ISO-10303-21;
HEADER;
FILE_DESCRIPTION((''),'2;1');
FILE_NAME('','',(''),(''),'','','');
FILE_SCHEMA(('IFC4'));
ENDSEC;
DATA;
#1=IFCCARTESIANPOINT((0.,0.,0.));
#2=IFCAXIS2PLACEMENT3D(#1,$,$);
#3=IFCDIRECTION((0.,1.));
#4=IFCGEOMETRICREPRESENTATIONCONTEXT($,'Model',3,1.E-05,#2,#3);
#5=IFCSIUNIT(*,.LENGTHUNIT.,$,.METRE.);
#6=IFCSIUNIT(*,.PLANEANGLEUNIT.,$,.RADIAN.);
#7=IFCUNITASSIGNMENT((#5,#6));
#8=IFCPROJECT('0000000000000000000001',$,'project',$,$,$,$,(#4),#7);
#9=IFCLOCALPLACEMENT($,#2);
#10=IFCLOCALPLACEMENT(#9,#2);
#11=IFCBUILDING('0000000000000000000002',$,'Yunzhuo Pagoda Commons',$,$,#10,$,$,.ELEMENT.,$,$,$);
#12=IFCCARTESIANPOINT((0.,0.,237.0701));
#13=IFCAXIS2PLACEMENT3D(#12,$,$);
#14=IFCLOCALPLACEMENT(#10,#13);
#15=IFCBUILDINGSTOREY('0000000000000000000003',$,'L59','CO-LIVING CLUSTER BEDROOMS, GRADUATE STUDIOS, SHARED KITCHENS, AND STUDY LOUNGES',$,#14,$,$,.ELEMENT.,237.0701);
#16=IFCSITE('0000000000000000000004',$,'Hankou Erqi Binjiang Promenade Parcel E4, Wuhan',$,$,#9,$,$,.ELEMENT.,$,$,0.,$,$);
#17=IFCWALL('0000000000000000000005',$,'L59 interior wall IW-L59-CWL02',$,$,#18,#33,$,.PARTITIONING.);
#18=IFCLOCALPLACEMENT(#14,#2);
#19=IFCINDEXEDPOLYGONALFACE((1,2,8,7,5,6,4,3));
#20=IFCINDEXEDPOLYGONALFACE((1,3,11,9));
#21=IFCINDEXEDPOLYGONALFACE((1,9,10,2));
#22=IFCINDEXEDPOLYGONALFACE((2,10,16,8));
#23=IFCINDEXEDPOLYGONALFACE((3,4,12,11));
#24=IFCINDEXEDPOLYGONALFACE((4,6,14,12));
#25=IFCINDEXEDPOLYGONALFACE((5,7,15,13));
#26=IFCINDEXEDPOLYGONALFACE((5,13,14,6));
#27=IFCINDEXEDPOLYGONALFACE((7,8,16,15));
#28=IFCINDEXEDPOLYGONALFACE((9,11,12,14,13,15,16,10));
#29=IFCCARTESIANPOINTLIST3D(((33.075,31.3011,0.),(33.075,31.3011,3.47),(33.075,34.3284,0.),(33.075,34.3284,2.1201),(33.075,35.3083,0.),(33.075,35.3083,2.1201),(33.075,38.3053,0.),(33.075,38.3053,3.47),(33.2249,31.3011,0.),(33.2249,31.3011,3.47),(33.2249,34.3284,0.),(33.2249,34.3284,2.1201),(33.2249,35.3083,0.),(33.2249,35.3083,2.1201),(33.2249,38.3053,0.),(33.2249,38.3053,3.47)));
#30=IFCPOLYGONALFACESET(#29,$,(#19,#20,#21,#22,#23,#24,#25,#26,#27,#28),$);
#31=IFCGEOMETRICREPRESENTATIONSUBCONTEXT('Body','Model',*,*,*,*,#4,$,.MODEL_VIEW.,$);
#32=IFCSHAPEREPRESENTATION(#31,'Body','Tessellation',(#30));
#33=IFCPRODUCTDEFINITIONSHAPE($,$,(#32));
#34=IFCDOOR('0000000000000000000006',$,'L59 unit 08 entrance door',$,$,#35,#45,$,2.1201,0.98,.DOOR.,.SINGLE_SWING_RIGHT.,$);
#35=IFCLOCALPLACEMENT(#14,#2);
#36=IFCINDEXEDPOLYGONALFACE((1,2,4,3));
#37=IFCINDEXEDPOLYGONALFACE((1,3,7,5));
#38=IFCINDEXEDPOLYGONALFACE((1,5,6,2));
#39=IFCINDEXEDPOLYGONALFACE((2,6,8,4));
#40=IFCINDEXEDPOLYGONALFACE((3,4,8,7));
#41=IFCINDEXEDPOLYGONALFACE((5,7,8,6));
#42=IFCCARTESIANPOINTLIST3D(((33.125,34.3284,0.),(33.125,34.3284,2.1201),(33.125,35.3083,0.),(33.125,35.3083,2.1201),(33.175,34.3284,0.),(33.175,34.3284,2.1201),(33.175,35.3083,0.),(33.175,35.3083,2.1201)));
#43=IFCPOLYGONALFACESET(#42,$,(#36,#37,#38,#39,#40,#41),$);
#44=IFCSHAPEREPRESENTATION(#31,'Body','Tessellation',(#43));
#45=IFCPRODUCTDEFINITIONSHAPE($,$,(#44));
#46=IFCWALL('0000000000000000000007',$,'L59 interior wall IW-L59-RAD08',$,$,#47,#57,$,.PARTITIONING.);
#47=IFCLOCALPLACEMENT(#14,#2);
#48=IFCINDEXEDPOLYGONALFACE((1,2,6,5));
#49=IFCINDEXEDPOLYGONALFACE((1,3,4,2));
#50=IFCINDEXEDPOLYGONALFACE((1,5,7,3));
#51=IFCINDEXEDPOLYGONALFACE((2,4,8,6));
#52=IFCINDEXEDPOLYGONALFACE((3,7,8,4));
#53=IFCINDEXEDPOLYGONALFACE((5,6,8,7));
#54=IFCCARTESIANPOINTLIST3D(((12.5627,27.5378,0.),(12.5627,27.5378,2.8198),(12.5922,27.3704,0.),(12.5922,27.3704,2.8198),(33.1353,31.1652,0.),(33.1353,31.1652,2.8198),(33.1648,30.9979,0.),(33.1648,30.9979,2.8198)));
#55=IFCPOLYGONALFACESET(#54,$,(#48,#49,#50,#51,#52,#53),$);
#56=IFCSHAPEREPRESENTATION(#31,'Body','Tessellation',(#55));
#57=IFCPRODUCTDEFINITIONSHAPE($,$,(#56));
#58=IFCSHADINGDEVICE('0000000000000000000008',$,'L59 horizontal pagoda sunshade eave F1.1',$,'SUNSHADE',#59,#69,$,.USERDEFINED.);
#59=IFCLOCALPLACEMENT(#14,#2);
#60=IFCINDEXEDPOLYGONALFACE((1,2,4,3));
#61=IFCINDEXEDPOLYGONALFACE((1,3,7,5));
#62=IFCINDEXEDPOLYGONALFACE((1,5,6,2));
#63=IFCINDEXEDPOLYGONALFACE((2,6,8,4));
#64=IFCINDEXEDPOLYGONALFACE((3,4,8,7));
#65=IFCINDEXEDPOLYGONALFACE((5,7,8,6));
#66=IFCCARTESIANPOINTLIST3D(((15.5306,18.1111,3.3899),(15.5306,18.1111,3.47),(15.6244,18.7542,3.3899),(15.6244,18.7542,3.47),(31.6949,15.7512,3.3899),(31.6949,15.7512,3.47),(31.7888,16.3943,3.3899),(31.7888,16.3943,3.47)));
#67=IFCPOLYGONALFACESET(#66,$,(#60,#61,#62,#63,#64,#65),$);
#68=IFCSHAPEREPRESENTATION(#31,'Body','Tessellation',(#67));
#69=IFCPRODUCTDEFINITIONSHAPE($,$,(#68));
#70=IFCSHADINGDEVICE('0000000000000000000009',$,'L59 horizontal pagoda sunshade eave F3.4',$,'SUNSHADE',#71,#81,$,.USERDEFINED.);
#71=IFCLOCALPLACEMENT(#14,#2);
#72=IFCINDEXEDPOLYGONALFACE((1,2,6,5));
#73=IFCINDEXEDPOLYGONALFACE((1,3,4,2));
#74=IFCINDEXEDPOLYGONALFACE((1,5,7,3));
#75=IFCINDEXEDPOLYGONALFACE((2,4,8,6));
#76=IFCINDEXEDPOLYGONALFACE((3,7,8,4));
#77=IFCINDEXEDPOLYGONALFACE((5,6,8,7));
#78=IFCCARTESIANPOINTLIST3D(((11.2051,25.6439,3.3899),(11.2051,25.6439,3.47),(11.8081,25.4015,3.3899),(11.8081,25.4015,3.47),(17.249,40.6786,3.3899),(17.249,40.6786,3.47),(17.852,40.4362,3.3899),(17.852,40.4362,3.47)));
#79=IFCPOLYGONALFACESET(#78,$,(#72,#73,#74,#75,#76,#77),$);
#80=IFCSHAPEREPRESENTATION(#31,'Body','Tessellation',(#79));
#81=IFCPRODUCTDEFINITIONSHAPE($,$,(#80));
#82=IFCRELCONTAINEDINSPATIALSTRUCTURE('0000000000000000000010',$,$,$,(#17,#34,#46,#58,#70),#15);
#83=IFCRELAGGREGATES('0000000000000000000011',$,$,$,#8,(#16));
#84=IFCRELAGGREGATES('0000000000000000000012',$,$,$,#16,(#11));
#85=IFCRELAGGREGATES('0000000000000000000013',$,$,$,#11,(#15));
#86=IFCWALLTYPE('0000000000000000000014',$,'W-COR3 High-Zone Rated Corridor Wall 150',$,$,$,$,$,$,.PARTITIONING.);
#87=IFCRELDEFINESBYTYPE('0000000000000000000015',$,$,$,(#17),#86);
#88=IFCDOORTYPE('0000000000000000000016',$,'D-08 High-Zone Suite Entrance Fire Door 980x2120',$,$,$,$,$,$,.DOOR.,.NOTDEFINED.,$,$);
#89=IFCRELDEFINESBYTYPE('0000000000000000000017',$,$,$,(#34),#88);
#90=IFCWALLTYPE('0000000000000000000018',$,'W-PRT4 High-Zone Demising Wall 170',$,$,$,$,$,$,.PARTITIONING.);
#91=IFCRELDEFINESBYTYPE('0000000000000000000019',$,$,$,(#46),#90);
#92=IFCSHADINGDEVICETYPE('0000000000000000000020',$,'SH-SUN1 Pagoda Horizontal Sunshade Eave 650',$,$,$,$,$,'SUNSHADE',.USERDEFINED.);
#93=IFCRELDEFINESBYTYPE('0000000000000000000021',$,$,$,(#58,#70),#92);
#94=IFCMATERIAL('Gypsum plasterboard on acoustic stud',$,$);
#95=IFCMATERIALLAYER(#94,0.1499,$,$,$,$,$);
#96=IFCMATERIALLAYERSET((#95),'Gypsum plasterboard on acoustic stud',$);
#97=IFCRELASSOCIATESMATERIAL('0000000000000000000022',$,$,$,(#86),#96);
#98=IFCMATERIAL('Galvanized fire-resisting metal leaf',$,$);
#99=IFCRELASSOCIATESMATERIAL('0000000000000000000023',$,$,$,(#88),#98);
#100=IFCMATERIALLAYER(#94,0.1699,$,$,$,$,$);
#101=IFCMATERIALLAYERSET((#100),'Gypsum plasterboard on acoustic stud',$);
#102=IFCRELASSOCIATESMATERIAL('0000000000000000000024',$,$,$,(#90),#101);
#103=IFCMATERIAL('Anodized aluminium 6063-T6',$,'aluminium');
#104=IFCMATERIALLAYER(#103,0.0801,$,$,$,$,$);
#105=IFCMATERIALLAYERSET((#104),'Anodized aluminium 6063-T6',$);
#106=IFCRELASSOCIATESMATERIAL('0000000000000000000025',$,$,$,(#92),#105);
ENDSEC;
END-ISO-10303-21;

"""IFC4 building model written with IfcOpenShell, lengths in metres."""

from ifc_helpers import new_model, si_unit, direction, frame, frame_2d, origin, origin_with_axes, origin_2d, place, context, subcontext, project, spatial, rectangle, extrude, source, transform, mapped, material, layer, layer_set, type_object, element, fill, save


model = new_model("IFC4")

# Units and contexts
model_context = context("Model", 3, precision=1e-05, world=origin(), true_north=direction((0.0, 1.0)))
body_context = subcontext(model_context, "Body", "Model", "MODEL_VIEW")
ifc_project = project(units=[si_unit("LENGTHUNIT", "METRE"), si_unit("PLANEANGLEUNIT", "RADIAN")], contexts=[model_context])

# Site, building, storey
site_placement = place(None, origin())
site = spatial("IfcSite", under=ifc_project, at=site_placement, Name="Hankou Erqi Binjiang Promenade Parcel E4, Wuhan", CompositionType="ELEMENT", RefElevation=0.0)
building_placement = place(site_placement, origin())
building = spatial("IfcBuilding", under=site, at=building_placement, Name="Yunzhuo Pagoda Commons", CompositionType="ELEMENT")
storey_placement = place(building_placement, frame((0.0, 0.0, 237.0701)))
storey = spatial("IfcBuildingStorey", under=building, at=storey_placement, Name="L59", Description="CO-LIVING CLUSTER BEDROOMS, GRADUATE STUDIOS, SHARED KITCHENS, AND STUDY LOUNGES", CompositionType="ELEMENT", Elevation=237.0701)

# Shared definitions
ifc_material_1 = material(Name="Anodized aluminium 6063-T6", Category="aluminium")

# Shared definitions
ifc_material_2 = material(Name="Gypsum plasterboard on acoustic stud")
ifc_layer_1 = layer(ifc_material_2, 0.1499)
ifc_layer_set_1 = layer_set([ifc_layer_1], Name="Gypsum plasterboard on acoustic stud")
wall_type_1 = type_object("IfcWallType", Name="W-COR3 High-Zone Rated Corridor Wall 150", PredefinedType="PARTITIONING", material=ifc_layer_set_1)

# Wall, opening, door
wall_1_placement = place(storey_placement, frame((33.1499, 31.3013, 0.0), z_axis=(0.0, 0.0, 1.0), x_axis=(0.0, 1.0, 0.0)))
wall_1 = element("IfcWall", 1, at=wall_1_placement, inside=storey, type_object=wall_type_1, Name="L59 interior wall IW-L59-CWL02", PredefinedType="PARTITIONING", context=body_context, shape_type="SweptSolid", body=[
    extrude(rectangle(XDim=7.0042, YDim=0.1499, at=frame_2d((3.502, 0.0))), origin(), (0.0, 0.0, 1.0), 3.47),
])
opening_placement = place(wall_1_placement, frame((3.0271, 0.0, 0.0)))
opening = element("IfcOpeningElement", 2, at=opening_placement, cuts=wall_1, PredefinedType="OPENING", context=body_context, shape_type="SweptSolid", body=[
    extrude(rectangle(XDim=0.98, YDim=2.1201, at=frame_2d((0.49, 1.0601))), frame((0.0, 0.085, 0.0), z_axis=(0.0, -1.0, 0.0), x_axis=(1.0, 0.0, 0.0)), (0.0, 0.0, 1.0), 0.1699),
])
ifc_material_3 = material(Name="Galvanized fire-resisting metal leaf")
door_type = type_object("IfcDoorType", Name="D-08 High-Zone Suite Entrance Fire Door 980x2120", OperationType="NOTDEFINED", PredefinedType="DOOR", material=ifc_material_3)
shared_shape_1 = source(origin(), body_context, "Body", "SweptSolid", [
    extrude(rectangle(XDim=0.98, YDim=2.1201, at=frame_2d((0.49, 1.0601))), frame((0.0, 0.0249, 0.0), z_axis=(0.0, -1.0, 0.0), x_axis=(1.0, 0.0, 0.0)), (0.0, 0.0, 1.0), 0.05),
])
door_placement = place(opening_placement, origin_with_axes())
door = element("IfcDoor", 3, at=door_placement, inside=storey, type_object=door_type, Name="L59 unit 08 entrance door", OperationType="SINGLE_SWING_RIGHT", OverallHeight=2.1201, OverallWidth=0.98, PredefinedType="DOOR", context=body_context, shape_type="MappedRepresentation", body=[
    mapped(shared_shape_1, transform((0.0, 0.0, 0.0), scale=1.0)),
])
fill(opening, door)

# Wall
ifc_layer_2 = layer(ifc_material_2, 0.1699)
ifc_layer_set_2 = layer_set([ifc_layer_2], Name="Gypsum plasterboard on acoustic stud")
wall_type_2 = type_object("IfcWallType", Name="W-PRT4 High-Zone Demising Wall 170", PredefinedType="PARTITIONING", material=ifc_layer_set_2)
wall_2_placement = place(storey_placement, frame((33.1499, 31.0815, 0.0), z_axis=(0.0, 0.0, 1.0), x_axis=(-0.984808, -0.173646, 0.0)))
element("IfcWall", 4, at=wall_2_placement, inside=storey, type_object=wall_type_2, Name="L59 interior wall IW-L59-RAD08", PredefinedType="PARTITIONING", context=body_context, shape_type="SweptSolid", body=[
    extrude(rectangle(XDim=20.8899, YDim=0.1699, at=frame_2d((10.4448, 0.0))), origin(), (0.0, 0.0, 1.0), 2.8198),
])

# Shading devices
ifc_layer_3 = layer(ifc_material_1, 0.0801)
ifc_layer_set_3 = layer_set([ifc_layer_3], Name="Anodized aluminium 6063-T6")
shading_device_type = type_object("IfcShadingDeviceType", Name="SH-SUN1 Pagoda Horizontal Sunshade Eave 650", ElementType="SUNSHADE", PredefinedType="USERDEFINED", material=ifc_layer_set_3)
shared_shape_2 = source(origin(), body_context, "Body", "SweptSolid", [
    extrude(rectangle(XDim=16.3357, YDim=0.6499, at=origin_2d()), origin(), (0.0, 0.0, 1.0), 0.0801),
])
shading_device_1_placement = place(storey_placement, frame((23.6597, 17.2527, 3.3899), z_axis=(0.0, 0.0, 1.0), x_axis=(0.989511, -0.14446, 0.0)))
element("IfcShadingDevice", 5, at=shading_device_1_placement, inside=storey, type_object=shading_device_type, Name="L59 horizontal pagoda sunshade eave F1.1", ObjectType="SUNSHADE", PredefinedType="USERDEFINED", context=body_context, shape_type="MappedRepresentation", body=[
    mapped(shared_shape_2, transform((0.0, 0.0, 0.0), scale=1.0)),
])
shared_shape_3 = source(origin(), body_context, "Body", "SweptSolid", [
    extrude(rectangle(XDim=16.2041, YDim=0.6499, at=origin_2d()), origin(), (0.0, 0.0, 1.0), 0.0801),
])
shading_device_2_placement = place(storey_placement, frame((14.5286, 33.04, 3.3899), z_axis=(0.0, 0.0, 1.0), x_axis=(-0.372988, -0.927836, 0.0)))
element("IfcShadingDevice", 6, at=shading_device_2_placement, inside=storey, type_object=shading_device_type, Name="L59 horizontal pagoda sunshade eave F3.4", ObjectType="SUNSHADE", PredefinedType="USERDEFINED", context=body_context, shape_type="MappedRepresentation", body=[
    mapped(shared_shape_3, transform((0.0, 0.0, 0.0), scale=1.0)),
])

save(model, "model.ifc")
